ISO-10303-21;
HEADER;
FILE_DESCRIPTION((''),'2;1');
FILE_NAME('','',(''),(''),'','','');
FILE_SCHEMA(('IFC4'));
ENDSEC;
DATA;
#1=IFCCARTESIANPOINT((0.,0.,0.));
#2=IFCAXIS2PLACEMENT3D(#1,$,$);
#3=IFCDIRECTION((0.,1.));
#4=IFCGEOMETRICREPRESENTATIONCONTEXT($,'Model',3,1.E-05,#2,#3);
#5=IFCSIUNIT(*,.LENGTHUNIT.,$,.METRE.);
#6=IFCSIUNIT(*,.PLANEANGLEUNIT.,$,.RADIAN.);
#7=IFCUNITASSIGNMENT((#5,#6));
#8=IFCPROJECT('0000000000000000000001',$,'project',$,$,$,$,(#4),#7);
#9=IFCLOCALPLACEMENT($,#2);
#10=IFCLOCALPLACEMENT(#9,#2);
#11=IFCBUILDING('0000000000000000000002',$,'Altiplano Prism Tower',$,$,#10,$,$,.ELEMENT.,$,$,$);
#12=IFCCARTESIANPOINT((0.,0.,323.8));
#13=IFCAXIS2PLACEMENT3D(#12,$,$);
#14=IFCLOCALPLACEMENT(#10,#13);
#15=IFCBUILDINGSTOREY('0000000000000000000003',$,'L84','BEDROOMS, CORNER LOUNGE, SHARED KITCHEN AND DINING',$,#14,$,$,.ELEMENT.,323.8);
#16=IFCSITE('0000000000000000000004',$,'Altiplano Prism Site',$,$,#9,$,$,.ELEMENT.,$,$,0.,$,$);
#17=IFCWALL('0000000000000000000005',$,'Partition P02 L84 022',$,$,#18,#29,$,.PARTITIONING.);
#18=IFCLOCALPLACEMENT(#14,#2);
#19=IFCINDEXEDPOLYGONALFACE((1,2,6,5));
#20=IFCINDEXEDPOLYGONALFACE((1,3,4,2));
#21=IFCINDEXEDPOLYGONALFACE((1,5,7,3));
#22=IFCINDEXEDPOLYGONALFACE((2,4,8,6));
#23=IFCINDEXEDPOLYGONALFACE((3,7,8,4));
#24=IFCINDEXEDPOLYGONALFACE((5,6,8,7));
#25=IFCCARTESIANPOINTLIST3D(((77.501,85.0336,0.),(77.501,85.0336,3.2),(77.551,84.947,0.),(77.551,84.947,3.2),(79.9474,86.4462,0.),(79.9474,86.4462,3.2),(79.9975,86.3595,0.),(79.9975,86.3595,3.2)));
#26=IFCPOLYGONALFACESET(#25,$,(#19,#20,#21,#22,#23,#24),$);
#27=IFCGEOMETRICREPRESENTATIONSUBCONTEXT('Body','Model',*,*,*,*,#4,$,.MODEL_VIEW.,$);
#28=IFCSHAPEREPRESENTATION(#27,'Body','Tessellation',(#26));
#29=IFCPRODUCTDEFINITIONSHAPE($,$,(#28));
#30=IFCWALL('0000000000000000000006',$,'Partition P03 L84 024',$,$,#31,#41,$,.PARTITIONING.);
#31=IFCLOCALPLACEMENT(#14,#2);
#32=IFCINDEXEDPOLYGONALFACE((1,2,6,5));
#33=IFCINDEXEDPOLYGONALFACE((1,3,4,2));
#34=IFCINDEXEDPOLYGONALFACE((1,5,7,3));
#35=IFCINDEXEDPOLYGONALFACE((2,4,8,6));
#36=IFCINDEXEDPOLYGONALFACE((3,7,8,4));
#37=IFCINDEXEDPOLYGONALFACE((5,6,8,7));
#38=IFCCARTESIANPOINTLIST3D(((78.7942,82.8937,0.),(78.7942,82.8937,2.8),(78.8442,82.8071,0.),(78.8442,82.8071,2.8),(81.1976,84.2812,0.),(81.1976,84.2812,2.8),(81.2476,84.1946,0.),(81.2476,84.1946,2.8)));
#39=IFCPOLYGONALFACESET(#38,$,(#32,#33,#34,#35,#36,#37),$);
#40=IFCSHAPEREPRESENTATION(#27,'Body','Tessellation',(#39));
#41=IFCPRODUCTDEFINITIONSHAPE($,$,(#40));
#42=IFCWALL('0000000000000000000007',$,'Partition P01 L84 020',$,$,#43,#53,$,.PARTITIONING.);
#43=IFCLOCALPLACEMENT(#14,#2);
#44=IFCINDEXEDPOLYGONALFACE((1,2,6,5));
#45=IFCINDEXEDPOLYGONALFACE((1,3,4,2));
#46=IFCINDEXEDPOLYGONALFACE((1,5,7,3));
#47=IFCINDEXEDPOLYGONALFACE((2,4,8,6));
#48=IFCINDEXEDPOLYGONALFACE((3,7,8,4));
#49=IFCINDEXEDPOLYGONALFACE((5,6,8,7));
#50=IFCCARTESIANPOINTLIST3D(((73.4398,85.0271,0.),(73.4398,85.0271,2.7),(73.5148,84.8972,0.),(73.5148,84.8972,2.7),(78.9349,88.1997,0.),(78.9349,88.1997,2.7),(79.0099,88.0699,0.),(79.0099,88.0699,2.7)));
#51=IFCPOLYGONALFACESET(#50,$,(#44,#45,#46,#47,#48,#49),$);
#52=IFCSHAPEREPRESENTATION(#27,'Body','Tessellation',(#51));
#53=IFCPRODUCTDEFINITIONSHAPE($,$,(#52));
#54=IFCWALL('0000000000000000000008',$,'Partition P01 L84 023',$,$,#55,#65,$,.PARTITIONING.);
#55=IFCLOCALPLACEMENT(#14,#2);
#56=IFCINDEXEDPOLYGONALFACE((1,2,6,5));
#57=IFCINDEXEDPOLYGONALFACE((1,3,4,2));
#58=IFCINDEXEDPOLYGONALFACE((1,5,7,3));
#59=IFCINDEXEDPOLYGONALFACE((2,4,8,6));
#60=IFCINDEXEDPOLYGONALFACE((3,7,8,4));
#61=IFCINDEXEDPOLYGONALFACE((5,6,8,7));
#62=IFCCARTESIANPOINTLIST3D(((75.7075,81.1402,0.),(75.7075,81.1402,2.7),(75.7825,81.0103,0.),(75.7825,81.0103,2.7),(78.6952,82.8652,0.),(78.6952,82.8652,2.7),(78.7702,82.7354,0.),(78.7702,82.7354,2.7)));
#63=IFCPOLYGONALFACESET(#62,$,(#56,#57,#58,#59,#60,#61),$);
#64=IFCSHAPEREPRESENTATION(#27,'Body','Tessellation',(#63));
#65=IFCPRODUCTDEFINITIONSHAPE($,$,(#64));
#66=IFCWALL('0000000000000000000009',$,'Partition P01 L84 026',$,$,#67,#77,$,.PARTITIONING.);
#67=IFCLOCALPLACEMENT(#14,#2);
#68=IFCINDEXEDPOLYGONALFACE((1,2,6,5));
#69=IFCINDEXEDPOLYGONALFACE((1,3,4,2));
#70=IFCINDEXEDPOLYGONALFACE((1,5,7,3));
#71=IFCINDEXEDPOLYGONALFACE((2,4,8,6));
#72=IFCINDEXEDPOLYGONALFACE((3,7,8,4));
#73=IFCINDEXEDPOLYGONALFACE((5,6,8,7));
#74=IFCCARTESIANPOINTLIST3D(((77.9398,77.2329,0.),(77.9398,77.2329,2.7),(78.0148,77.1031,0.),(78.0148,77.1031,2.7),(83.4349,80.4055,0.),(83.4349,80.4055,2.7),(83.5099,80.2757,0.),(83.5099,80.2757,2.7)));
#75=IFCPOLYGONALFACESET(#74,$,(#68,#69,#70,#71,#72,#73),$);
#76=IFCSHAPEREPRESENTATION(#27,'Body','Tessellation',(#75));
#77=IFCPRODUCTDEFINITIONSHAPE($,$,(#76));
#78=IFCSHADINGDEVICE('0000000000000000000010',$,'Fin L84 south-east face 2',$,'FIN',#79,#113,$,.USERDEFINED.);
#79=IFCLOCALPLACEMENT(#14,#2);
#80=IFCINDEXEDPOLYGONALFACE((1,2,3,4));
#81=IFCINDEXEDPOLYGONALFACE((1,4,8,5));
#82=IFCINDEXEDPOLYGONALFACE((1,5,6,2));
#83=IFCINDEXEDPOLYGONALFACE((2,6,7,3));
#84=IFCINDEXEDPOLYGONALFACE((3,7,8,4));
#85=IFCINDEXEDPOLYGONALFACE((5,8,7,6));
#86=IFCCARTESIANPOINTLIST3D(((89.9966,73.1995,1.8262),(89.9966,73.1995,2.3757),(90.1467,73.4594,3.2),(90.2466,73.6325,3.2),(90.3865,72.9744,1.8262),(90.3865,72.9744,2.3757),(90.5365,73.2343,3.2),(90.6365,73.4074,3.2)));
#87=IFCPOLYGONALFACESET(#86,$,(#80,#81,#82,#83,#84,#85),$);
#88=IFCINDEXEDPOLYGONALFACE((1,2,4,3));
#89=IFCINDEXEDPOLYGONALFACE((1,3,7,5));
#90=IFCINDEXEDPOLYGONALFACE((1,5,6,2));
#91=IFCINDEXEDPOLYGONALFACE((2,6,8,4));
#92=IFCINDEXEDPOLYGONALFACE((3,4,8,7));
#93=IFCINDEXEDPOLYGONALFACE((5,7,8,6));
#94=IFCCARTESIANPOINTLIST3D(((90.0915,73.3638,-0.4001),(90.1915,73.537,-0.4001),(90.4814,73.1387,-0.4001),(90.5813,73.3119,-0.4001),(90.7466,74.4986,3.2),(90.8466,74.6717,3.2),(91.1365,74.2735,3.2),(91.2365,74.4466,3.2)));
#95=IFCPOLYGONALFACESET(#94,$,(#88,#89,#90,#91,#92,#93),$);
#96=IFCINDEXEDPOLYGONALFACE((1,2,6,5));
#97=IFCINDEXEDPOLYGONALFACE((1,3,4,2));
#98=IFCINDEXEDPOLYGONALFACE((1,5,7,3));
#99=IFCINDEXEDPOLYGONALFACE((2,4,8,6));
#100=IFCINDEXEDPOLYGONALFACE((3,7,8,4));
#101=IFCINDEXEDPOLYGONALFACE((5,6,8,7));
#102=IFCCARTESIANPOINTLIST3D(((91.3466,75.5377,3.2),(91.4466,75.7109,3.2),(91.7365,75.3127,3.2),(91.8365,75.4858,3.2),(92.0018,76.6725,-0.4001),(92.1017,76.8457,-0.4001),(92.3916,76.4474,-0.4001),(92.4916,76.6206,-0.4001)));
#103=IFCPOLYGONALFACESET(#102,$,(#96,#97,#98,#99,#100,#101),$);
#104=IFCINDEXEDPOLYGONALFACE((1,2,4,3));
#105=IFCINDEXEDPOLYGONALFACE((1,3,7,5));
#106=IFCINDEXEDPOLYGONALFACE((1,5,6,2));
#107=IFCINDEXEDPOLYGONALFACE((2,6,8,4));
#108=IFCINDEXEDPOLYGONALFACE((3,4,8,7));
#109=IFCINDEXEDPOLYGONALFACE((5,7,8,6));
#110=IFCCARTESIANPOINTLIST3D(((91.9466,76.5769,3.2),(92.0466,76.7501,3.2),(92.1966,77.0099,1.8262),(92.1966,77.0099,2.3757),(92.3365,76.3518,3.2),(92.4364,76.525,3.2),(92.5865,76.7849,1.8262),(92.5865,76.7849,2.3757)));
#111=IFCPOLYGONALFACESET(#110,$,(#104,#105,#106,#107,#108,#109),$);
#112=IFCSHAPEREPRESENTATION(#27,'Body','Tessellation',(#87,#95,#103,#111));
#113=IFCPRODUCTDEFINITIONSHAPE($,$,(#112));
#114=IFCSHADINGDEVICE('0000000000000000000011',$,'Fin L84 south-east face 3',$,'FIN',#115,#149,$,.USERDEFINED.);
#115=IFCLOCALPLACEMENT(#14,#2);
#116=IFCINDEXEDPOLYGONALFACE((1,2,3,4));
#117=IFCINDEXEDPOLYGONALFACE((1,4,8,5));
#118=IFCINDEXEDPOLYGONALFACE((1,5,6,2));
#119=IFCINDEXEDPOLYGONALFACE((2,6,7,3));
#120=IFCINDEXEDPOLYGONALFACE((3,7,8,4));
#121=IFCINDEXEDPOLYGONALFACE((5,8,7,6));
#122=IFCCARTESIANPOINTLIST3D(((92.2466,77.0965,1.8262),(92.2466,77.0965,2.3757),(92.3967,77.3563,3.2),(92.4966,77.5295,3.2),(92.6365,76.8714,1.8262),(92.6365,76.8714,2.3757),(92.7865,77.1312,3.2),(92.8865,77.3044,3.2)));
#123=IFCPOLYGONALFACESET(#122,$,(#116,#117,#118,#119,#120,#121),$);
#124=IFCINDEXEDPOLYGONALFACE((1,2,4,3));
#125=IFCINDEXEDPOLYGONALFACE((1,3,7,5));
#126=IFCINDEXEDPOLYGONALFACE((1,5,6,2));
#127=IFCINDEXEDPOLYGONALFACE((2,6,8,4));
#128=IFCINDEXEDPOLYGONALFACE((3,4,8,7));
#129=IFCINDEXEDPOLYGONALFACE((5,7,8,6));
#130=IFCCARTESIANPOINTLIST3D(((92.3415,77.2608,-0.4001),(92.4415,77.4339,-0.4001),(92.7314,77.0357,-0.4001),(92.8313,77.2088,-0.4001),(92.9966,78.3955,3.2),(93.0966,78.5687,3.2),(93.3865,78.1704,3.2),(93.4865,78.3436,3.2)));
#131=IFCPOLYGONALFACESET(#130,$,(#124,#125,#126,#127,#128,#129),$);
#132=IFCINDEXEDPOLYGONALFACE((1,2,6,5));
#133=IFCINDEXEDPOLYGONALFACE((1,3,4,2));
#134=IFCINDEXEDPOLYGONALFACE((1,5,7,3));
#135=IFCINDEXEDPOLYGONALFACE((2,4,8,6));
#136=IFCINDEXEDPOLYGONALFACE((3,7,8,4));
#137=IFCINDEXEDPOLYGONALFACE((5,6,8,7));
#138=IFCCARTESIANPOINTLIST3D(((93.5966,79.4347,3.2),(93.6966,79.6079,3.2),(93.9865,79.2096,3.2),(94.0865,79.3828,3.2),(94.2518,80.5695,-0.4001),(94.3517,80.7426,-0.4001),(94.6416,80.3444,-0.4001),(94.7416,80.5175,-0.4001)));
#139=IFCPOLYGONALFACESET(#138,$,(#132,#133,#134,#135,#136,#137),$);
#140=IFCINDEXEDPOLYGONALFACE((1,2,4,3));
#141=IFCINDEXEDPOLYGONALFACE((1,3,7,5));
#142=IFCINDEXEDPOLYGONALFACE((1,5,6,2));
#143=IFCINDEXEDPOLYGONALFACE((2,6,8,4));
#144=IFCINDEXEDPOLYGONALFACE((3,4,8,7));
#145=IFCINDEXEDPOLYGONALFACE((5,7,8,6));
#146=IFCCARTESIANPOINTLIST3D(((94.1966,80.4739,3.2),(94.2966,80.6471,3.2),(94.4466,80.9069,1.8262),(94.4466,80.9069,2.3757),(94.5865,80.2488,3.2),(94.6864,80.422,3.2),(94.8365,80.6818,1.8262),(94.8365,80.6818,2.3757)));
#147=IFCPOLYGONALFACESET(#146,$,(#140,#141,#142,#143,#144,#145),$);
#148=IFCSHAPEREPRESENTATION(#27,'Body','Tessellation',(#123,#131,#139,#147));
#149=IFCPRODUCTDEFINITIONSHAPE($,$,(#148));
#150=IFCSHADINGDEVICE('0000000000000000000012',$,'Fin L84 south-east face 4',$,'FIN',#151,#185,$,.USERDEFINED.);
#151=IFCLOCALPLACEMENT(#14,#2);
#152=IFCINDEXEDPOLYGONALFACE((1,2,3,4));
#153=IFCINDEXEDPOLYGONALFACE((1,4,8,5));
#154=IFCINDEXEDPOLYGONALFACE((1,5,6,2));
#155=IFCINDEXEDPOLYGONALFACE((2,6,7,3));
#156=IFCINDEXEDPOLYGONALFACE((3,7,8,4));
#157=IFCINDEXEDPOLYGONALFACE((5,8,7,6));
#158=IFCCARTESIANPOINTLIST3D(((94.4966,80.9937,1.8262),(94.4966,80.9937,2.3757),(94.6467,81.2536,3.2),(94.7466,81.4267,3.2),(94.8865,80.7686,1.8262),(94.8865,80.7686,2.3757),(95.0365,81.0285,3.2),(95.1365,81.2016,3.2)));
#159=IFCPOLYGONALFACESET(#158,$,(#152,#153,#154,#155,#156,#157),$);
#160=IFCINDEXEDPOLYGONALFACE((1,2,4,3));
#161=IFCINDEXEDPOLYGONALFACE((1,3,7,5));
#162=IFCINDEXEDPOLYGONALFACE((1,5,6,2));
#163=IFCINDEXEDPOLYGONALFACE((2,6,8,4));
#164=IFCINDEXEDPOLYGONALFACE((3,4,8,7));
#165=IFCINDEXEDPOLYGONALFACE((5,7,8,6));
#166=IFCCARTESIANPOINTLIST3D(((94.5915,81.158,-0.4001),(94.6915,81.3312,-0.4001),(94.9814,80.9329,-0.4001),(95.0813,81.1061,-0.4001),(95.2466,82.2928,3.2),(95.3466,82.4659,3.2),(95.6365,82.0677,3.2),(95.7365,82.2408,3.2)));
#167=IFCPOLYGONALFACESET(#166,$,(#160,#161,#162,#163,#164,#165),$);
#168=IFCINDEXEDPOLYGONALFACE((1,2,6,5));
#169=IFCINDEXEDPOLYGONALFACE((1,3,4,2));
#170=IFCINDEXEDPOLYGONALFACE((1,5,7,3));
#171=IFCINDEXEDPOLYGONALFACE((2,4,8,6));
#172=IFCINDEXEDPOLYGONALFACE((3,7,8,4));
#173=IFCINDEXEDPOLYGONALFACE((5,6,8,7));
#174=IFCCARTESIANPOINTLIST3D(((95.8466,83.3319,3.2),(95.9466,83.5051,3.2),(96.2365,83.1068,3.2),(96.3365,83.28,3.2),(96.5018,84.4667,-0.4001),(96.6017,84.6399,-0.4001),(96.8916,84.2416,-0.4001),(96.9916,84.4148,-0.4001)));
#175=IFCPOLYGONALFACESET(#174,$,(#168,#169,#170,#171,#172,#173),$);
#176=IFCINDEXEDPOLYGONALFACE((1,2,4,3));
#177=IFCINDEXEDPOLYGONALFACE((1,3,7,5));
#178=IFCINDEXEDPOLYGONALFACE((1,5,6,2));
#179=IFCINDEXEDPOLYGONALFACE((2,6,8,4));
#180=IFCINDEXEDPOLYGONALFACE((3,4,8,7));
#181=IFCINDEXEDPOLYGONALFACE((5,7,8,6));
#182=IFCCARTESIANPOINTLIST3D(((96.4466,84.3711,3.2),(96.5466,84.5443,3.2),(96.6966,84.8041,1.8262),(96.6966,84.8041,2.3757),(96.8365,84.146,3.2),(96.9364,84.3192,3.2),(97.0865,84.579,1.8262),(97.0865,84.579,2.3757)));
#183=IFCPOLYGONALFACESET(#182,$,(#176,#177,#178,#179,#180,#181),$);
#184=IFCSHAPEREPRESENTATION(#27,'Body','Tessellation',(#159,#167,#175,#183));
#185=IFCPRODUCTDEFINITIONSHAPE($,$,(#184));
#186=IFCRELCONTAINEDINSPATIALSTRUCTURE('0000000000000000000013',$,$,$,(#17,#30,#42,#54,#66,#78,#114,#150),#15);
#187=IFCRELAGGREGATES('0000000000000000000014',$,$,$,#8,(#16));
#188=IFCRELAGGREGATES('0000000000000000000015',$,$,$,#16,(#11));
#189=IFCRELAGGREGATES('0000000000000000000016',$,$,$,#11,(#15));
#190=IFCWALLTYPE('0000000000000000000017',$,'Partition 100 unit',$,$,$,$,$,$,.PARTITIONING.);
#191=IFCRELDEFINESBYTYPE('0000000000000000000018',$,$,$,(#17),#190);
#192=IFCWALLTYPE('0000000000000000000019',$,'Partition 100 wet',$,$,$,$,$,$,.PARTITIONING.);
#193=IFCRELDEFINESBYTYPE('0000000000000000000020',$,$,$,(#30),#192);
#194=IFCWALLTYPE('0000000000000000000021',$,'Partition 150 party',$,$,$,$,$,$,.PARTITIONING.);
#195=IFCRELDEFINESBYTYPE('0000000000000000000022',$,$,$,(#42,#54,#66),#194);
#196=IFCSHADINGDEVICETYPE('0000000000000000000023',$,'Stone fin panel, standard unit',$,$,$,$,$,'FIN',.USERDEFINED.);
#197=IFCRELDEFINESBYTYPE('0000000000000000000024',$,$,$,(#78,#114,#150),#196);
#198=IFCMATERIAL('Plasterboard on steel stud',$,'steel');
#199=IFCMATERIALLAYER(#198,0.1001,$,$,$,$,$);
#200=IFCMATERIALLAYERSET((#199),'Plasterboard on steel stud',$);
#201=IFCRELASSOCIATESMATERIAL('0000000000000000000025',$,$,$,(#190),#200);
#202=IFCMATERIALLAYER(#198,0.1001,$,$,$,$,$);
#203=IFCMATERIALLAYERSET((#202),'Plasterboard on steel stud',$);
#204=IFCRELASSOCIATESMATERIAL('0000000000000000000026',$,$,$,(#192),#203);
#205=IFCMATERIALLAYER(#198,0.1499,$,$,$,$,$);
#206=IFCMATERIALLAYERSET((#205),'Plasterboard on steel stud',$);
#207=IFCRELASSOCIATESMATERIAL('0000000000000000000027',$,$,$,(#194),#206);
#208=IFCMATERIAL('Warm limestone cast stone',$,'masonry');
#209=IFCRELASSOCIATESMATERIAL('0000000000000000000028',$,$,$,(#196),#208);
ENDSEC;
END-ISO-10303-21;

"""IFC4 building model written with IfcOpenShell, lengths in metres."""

from ifc_helpers import new_model, si_unit, direction, frame, frame_2d, origin, place, context, subcontext, project, spatial, polyline, rectangle, outline, extrude, source, transform, mapped, material, layer, layer_set, type_object, element, save


model = new_model("IFC4")

# Units and contexts
model_context = context("Model", 3, precision=1e-05, world=origin(), true_north=direction((0.0, 1.0)))
body_context = subcontext(model_context, "Body", "Model", "MODEL_VIEW")
ifc_project = project(units=[si_unit("LENGTHUNIT", "METRE"), si_unit("PLANEANGLEUNIT", "RADIAN")], contexts=[model_context])

# Site, building, storey
site_placement = place(None, origin())
site = spatial("IfcSite", under=ifc_project, at=site_placement, Name="Altiplano Prism Site", CompositionType="ELEMENT", RefElevation=0.0)
building_placement = place(site_placement, origin())
building = spatial("IfcBuilding", under=site, at=building_placement, Name="Altiplano Prism Tower", CompositionType="ELEMENT")
storey_placement = place(building_placement, frame((0.0, 0.0, 323.8)))
storey = spatial("IfcBuildingStorey", under=building, at=storey_placement, Name="L84", Description="BEDROOMS, CORNER LOUNGE, SHARED KITCHEN AND DINING", CompositionType="ELEMENT", Elevation=323.8)

# Walls
ifc_material_1 = material(Name="Plasterboard on steel stud", Category="steel")
ifc_layer_1 = layer(ifc_material_1, 0.1001)
ifc_layer_set_1 = layer_set([ifc_layer_1], Name="Plasterboard on steel stud")
wall_type_1 = type_object("IfcWallType", Name="Partition 100 unit", PredefinedType="PARTITIONING", material=ifc_layer_set_1)
wall_1_placement = place(storey_placement, frame((77.5259, 84.9902, 0.0), z_axis=(0.0, 0.0, 1.0), x_axis=(0.866011, 0.500024, 0.0)))
element("IfcWall", 1, at=wall_1_placement, inside=storey, type_object=wall_type_1, Name="Partition P02 L84 022", PredefinedType="PARTITIONING", context=body_context, shape_type="SweptSolid", body=[
    extrude(rectangle(XDim=2.825, YDim=0.1001, at=frame_2d((1.4126, 0.0))), origin(), (0.0, 0.0, 1.0), 3.2),
])
ifc_layer_2 = layer(ifc_material_1, 0.1001)
ifc_layer_set_2 = layer_set([ifc_layer_2], Name="Plasterboard on steel stud")
wall_type_2 = type_object("IfcWallType", Name="Partition 100 wet", PredefinedType="PARTITIONING", material=ifc_layer_set_2)
wall_2_placement = place(storey_placement, frame((78.8191, 82.8503, 0.0), z_axis=(0.0, 0.0, 1.0), x_axis=(0.866042, 0.499971, 0.0)))
element("IfcWall", 2, at=wall_2_placement, inside=storey, type_object=wall_type_2, Name="Partition P03 L84 024", PredefinedType="PARTITIONING", context=body_context, shape_type="SweptSolid", body=[
    extrude(rectangle(XDim=2.7751, YDim=0.1001, at=frame_2d((1.3877, 0.0))), origin(), (0.0, 0.0, 1.0), 2.8),
])
ifc_layer_3 = layer(ifc_material_1, 0.1499)
ifc_layer_set_3 = layer_set([ifc_layer_3], Name="Plasterboard on steel stud")
wall_type_3 = type_object("IfcWallType", Name="Partition 150 party", PredefinedType="PARTITIONING", material=ifc_layer_set_3)
wall_3_placement = place(storey_placement, frame((73.4773, 84.9622, 0.0), z_axis=(0.0, 0.0, 1.0), x_axis=(0.866025, 0.5, 0.0)))
element("IfcWall", 3, at=wall_3_placement, inside=storey, type_object=wall_type_3, Name="Partition P01 L84 020", PredefinedType="PARTITIONING", context=body_context, shape_type="SweptSolid", body=[
    extrude(rectangle(XDim=6.3452, YDim=0.1499, at=frame_2d((3.1726, 0.0))), origin(), (0.0, 0.0, 1.0), 2.7),
])
wall_4_placement = place(storey_placement, frame((75.7449, 81.0752, 0.0), z_axis=(0.0, 0.0, 1.0), x_axis=(0.866014, 0.500021, 0.0)))
element("IfcWall", 4, at=wall_4_placement, inside=storey, type_object=wall_type_3, Name="Partition P01 L84 023", PredefinedType="PARTITIONING", context=body_context, shape_type="SweptSolid", body=[
    extrude(rectangle(XDim=3.45, YDim=0.1499, at=frame_2d((1.7251, 0.0))), origin(), (0.0, 0.0, 1.0), 2.7),
])
wall_5_placement = place(storey_placement, frame((77.9773, 77.168, 0.0), z_axis=(0.0, 0.0, 1.0), x_axis=(0.866025, 0.5, 0.0)))
element("IfcWall", 5, at=wall_5_placement, inside=storey, type_object=wall_type_3, Name="Partition P01 L84 026", PredefinedType="PARTITIONING", context=body_context, shape_type="SweptSolid", body=[
    extrude(rectangle(XDim=6.3452, YDim=0.1499, at=frame_2d((3.1726, 0.0))), origin(), (0.0, 0.0, 1.0), 2.7),
])

# Shading devices
ifc_material_2 = material(Name="Warm limestone cast stone", Category="masonry")
shading_device_type_1 = type_object("IfcShadingDeviceType", Name="Stone fin panel, standard unit", ElementType="FIN", PredefinedType="USERDEFINED", material=ifc_material_2)
shared_shape_1 = source(origin(), body_context, "Body", "SweptSolid", [
    extrude(outline(polyline([(-2.2, 2.2263), (-1.7, 3.6001), (-1.8999, 3.6001), (-2.2, 2.7759), (-2.2, 2.2263)])), frame((0.0, -0.1499, 0.0), z_axis=(0.0, -1.0, 0.0), x_axis=(1.0, 0.0, 0.0)), (0.0, 0.0, 1.0), 0.4502),
    extrude(outline(polyline([(-2.0103, 0.0), (-1.8103, 0.0), (-0.5, 3.6001), (-0.7, 3.6001), (-2.0103, 0.0)])), frame((0.0, -0.1499, 0.0), z_axis=(0.0, -1.0, 0.0), x_axis=(1.0, 0.0, 0.0)), (0.0, 0.0, 1.0), 0.4502),
    extrude(outline(polyline([(1.8103, 0.0), (2.0103, 0.0), (0.7, 3.6001), (0.5, 3.6001), (1.8103, 0.0)])), frame((0.0, -0.1499, 0.0), z_axis=(0.0, -1.0, 0.0), x_axis=(1.0, 0.0, 0.0)), (0.0, 0.0, 1.0), 0.4502),
    extrude(outline(polyline([(2.2, 2.7759), (1.8999, 3.6001), (1.7, 3.6001), (2.2, 2.2263), (2.2, 2.7759)])), frame((0.0, -0.1499, 0.0), z_axis=(0.0, -1.0, 0.0), x_axis=(1.0, 0.0, 0.0)), (0.0, 0.0, 1.0), 0.4502),
])
shading_device_1_placement = place(storey_placement, origin())
element("IfcShadingDevice", 6, at=shading_device_1_placement, inside=storey, type_object=shading_device_type_1, Name="Fin L84 south-east face 2", ObjectType="FIN", PredefinedType="USERDEFINED", context=body_context, shape_type="MappedRepresentation", body=[
    mapped(shared_shape_1, transform((90.9668, 75.1797, -0.4001), x_axis=(0.5, 0.866025, 0.0), y_axis=(-0.866025, 0.5, 0.0), z_axis=(0.0, 0.0, 1.0))),
])
shading_device_2_placement = place(storey_placement, origin())
element("IfcShadingDevice", 7, at=shading_device_2_placement, inside=storey, type_object=shading_device_type_1, Name="Fin L84 south-east face 3", ObjectType="FIN", PredefinedType="USERDEFINED", context=body_context, shape_type="MappedRepresentation", body=[
    mapped(shared_shape_1, transform((93.2168, 79.0767, -0.4001), x_axis=(0.5, 0.866025, 0.0), y_axis=(-0.866025, 0.5, 0.0), z_axis=(0.0, 0.0, 1.0))),
])
shading_device_3_placement = place(storey_placement, origin())
element("IfcShadingDevice", 8, at=shading_device_3_placement, inside=storey, type_object=shading_device_type_1, Name="Fin L84 south-east face 4", ObjectType="FIN", PredefinedType="USERDEFINED", context=body_context, shape_type="MappedRepresentation", body=[
    mapped(shared_shape_1, transform((95.4668, 82.9739, -0.4001), x_axis=(0.5, 0.866025, 0.0), y_axis=(-0.866025, 0.5, 0.0), z_axis=(0.0, 0.0, 1.0))),
])

save(model, "model.ifc")
